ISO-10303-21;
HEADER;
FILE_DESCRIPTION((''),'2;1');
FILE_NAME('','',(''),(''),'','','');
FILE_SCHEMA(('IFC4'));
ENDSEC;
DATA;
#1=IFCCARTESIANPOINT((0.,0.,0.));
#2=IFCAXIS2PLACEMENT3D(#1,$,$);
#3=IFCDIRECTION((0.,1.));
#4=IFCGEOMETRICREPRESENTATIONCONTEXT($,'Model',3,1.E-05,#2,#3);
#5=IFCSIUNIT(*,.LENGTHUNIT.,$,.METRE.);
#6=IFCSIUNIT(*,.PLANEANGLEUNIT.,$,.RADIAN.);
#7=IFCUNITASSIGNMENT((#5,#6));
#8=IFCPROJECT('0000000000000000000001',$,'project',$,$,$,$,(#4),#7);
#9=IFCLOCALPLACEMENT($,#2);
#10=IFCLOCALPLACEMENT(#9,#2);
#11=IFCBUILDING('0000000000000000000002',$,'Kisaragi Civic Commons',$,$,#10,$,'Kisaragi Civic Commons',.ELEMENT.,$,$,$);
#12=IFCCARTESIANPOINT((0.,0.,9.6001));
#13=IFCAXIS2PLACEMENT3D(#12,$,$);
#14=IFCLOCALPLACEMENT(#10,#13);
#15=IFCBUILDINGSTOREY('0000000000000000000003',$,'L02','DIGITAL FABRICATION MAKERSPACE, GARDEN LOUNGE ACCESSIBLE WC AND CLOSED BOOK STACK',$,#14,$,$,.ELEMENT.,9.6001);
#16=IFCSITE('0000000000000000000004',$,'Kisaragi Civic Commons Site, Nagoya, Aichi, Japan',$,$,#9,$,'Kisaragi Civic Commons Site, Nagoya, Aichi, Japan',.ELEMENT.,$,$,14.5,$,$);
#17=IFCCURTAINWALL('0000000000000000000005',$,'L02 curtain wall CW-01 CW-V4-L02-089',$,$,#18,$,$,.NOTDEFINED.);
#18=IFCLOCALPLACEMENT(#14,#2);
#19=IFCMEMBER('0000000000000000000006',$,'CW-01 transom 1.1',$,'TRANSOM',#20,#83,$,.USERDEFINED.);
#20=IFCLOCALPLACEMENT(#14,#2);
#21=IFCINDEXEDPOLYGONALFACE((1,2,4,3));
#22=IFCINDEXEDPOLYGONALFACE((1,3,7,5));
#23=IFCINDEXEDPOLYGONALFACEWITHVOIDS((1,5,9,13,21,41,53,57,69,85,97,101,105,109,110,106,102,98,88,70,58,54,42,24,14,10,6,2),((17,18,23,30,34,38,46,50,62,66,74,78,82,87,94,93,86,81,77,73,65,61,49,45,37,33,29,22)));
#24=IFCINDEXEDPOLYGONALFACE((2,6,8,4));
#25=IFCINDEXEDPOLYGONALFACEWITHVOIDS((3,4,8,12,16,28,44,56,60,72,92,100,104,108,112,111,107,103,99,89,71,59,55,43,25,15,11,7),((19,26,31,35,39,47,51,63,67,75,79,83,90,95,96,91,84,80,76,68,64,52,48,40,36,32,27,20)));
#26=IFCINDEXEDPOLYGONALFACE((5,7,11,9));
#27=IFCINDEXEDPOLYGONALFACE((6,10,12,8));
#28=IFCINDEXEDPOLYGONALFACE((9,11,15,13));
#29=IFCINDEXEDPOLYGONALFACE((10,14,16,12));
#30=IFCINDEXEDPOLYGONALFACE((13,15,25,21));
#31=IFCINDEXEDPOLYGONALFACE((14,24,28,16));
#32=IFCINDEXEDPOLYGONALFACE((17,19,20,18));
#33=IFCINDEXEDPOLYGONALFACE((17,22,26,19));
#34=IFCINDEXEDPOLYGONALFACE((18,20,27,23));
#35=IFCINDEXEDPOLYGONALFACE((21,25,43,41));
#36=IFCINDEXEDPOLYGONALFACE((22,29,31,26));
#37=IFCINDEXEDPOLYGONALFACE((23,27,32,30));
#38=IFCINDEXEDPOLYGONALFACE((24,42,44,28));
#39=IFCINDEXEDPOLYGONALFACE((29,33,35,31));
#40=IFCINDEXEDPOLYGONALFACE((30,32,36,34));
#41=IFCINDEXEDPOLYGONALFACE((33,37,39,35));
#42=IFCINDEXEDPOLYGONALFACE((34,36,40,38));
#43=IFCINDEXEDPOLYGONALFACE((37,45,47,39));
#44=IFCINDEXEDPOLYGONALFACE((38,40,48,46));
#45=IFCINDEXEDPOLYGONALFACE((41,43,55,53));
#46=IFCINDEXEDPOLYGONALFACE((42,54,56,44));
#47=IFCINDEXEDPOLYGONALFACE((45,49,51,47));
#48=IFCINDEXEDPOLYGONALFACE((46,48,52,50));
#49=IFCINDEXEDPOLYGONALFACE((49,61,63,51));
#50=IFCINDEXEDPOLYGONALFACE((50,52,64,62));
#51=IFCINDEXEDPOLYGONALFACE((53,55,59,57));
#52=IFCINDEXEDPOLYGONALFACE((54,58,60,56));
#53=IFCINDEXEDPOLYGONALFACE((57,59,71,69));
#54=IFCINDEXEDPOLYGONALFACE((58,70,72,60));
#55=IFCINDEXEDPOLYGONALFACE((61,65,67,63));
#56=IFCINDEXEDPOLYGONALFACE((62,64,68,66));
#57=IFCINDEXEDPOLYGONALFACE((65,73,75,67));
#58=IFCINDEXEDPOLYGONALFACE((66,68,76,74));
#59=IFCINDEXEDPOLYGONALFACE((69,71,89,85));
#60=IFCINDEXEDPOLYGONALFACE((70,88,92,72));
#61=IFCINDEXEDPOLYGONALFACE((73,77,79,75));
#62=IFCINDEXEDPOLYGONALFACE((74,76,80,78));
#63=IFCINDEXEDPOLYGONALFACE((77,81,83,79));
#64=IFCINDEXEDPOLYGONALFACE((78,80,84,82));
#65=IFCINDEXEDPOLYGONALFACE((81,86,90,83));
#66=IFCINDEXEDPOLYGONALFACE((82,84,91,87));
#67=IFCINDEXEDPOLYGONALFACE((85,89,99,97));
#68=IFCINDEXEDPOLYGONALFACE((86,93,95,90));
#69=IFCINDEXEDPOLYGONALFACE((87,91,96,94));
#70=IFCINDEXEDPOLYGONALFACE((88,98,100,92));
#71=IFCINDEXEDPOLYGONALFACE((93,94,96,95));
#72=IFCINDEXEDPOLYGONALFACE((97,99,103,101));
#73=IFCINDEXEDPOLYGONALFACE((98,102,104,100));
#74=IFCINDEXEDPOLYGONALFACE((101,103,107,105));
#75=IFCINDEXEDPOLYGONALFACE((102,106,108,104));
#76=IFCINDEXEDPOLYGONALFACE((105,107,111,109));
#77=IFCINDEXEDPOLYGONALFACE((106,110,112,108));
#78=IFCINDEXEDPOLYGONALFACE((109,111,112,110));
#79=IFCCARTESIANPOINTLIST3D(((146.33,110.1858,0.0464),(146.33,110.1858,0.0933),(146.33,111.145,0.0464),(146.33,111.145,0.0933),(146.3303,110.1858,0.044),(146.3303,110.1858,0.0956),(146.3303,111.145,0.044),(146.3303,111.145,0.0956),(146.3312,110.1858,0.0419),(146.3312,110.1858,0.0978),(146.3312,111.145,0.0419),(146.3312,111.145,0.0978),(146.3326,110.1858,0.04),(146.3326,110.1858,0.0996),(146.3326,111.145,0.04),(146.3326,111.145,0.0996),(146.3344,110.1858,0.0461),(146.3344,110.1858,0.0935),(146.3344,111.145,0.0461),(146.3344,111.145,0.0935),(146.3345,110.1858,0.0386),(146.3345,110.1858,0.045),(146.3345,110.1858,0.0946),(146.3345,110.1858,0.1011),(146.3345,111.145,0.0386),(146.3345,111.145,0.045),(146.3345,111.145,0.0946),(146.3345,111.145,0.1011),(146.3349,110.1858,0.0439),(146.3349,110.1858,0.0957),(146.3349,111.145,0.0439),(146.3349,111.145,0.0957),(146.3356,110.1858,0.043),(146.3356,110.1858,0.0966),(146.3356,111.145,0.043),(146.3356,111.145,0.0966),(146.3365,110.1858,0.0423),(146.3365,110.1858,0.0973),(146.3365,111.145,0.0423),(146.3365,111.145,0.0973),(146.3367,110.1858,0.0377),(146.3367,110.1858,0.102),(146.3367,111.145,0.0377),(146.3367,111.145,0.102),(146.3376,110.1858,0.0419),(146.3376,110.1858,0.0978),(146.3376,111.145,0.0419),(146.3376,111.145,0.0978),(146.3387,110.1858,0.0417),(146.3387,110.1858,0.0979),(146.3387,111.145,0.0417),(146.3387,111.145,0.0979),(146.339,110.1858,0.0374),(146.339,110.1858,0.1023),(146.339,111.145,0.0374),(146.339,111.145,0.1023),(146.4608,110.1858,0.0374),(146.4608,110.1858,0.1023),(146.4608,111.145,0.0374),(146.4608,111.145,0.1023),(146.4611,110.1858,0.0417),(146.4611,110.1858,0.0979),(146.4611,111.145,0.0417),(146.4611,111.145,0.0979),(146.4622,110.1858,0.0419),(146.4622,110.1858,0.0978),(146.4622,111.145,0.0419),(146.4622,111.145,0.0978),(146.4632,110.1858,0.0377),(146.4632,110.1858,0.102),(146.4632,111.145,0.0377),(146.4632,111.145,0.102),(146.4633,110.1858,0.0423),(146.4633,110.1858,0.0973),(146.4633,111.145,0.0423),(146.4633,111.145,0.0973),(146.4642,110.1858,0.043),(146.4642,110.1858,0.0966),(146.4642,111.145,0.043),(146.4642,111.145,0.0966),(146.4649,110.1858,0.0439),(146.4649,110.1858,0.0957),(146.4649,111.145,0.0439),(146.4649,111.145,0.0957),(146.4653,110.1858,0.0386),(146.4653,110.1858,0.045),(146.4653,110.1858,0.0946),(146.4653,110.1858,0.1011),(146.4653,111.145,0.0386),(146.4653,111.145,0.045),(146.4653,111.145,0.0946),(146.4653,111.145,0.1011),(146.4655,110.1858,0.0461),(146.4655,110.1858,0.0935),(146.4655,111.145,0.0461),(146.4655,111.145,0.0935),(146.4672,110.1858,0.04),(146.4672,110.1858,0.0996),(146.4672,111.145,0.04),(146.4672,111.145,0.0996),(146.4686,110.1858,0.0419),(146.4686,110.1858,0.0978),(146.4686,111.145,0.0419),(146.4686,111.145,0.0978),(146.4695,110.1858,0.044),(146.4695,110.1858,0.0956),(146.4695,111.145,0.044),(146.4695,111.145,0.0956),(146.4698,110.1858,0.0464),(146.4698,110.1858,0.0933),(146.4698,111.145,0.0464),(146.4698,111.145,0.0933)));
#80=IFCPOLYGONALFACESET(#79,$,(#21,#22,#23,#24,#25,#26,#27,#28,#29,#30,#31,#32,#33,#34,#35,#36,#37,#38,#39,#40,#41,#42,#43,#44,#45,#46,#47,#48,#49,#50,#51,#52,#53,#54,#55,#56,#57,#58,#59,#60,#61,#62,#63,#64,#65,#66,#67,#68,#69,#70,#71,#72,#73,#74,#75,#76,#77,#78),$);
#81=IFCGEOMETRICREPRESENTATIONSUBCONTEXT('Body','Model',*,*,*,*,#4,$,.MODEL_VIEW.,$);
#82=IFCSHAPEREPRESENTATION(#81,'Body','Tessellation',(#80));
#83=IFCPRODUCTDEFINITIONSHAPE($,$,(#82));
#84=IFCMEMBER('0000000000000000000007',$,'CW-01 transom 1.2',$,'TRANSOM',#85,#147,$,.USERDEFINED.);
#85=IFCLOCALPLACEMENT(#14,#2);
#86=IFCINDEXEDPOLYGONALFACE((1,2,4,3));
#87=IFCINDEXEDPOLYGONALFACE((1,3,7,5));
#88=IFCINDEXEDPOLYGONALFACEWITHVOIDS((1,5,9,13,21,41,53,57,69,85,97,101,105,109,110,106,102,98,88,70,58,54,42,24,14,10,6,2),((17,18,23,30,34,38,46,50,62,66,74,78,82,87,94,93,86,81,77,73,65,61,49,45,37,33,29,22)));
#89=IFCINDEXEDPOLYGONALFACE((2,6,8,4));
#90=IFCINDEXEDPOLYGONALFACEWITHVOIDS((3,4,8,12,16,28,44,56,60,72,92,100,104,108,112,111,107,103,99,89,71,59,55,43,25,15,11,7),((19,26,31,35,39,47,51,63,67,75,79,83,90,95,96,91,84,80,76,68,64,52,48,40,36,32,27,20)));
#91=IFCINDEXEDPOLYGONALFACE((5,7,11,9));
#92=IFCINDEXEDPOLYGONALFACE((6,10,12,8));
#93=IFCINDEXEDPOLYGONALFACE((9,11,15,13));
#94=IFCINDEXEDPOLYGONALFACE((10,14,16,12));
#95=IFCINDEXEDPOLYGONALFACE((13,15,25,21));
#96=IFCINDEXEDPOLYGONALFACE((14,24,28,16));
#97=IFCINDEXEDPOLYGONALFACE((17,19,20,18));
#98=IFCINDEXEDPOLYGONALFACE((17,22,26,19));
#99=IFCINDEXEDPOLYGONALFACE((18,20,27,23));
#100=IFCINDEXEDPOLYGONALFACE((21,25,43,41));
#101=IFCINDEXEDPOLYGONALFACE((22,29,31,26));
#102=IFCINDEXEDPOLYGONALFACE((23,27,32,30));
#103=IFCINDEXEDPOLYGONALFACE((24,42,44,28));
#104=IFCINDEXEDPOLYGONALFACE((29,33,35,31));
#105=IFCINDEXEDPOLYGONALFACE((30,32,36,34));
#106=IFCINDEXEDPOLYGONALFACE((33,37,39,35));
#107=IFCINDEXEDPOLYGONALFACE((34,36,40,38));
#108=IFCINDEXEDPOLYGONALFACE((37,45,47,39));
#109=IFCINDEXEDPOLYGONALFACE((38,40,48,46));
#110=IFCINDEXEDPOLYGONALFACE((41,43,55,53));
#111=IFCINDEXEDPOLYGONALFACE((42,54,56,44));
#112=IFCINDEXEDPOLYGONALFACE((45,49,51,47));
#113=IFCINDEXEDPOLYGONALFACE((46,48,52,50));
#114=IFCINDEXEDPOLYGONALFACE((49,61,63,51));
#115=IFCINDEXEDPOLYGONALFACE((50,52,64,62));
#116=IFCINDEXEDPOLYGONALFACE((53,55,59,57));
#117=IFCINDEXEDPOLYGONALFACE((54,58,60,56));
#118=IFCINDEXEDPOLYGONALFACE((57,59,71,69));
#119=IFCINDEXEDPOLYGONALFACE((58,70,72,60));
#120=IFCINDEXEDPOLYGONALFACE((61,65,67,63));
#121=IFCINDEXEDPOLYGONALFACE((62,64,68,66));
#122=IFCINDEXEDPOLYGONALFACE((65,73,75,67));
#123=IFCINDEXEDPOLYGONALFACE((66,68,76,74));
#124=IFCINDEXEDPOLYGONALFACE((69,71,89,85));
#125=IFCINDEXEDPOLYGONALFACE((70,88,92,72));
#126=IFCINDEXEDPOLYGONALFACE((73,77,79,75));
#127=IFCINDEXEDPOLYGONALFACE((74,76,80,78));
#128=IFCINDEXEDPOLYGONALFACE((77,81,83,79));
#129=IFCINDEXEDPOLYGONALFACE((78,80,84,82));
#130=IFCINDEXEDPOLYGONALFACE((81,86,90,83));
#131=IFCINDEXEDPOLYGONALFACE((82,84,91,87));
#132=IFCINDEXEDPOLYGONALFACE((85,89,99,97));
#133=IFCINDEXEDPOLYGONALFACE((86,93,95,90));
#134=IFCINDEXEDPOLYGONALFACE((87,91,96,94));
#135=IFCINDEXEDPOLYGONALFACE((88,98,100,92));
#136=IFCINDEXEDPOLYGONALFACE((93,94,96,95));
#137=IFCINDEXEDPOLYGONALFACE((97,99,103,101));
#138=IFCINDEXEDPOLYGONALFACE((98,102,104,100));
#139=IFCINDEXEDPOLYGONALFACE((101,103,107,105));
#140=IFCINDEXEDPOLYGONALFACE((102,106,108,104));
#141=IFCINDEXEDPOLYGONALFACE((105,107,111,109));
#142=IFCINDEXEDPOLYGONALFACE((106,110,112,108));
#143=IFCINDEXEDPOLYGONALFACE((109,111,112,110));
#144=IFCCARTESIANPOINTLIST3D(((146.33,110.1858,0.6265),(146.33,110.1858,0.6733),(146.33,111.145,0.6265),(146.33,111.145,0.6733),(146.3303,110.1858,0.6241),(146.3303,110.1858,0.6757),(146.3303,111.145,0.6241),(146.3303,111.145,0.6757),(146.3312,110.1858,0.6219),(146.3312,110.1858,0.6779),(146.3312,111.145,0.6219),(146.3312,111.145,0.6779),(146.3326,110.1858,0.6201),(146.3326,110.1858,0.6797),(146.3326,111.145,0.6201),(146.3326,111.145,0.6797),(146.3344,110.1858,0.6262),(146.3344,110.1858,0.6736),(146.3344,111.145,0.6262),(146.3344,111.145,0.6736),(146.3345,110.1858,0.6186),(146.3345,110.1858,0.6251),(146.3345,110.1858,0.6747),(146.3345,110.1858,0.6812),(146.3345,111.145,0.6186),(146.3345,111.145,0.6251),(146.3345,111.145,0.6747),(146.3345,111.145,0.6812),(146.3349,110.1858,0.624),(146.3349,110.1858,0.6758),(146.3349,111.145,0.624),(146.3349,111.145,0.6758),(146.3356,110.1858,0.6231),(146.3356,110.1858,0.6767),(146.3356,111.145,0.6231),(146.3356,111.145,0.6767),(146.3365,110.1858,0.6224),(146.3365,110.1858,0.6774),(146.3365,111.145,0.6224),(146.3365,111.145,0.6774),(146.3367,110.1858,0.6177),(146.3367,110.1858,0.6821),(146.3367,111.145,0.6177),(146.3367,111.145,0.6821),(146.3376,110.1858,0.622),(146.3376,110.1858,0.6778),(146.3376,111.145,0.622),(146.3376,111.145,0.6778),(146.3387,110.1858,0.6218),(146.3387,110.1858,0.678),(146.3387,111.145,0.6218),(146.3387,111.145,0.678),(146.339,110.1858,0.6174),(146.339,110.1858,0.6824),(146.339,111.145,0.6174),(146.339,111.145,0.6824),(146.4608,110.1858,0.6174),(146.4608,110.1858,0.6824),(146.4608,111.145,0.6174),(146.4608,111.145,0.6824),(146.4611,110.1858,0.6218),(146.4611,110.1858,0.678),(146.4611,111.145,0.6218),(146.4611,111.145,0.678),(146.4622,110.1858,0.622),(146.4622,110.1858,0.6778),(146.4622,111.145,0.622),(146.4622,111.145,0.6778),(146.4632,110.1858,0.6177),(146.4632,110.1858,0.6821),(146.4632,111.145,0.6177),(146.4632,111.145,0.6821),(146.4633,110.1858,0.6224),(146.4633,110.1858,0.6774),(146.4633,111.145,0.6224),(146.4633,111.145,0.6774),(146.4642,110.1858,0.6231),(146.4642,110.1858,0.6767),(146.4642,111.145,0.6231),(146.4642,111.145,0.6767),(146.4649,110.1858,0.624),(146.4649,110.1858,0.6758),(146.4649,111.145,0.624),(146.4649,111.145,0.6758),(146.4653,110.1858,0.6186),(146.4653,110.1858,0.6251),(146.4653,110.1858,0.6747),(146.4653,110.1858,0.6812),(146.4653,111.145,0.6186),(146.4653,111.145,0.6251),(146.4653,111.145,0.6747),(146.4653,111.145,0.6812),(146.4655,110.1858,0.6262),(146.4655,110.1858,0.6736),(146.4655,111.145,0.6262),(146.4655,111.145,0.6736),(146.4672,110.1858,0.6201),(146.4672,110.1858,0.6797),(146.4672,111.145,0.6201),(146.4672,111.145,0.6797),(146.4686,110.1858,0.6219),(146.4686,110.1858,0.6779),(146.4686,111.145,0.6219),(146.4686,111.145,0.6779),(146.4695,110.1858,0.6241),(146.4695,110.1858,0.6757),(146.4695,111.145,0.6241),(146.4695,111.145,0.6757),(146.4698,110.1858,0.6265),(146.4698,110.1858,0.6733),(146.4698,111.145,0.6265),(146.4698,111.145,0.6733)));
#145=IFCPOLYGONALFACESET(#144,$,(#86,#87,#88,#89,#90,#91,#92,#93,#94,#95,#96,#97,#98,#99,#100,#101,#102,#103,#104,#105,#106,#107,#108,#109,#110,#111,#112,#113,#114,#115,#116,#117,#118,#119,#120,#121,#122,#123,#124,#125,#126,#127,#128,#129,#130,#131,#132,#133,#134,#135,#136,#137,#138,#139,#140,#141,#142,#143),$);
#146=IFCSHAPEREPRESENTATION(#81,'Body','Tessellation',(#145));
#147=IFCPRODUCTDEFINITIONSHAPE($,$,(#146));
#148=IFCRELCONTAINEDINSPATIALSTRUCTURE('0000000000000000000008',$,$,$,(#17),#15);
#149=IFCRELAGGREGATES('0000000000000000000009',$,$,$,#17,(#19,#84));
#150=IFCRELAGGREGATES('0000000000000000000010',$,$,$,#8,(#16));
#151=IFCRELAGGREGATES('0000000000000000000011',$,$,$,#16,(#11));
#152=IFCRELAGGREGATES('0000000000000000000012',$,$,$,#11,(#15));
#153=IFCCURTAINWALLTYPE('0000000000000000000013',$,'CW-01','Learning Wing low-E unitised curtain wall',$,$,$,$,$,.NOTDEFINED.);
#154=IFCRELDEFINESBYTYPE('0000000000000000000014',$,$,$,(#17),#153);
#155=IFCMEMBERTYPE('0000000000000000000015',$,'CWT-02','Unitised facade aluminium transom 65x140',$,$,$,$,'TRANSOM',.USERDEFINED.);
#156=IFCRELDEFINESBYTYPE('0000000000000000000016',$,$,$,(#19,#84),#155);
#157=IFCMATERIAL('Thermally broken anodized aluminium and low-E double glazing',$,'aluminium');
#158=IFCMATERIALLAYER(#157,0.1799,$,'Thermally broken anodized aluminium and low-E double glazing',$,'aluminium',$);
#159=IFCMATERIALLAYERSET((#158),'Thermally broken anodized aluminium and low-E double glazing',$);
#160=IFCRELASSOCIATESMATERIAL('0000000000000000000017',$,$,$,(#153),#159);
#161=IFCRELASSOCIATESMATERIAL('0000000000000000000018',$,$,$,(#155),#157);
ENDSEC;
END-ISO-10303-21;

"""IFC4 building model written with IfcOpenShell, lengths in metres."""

from ifc_helpers import new_model, si_unit, direction, frame, origin, origin_2d, place, context, subcontext, project, spatial, hollow_rectangle, extrude, material, layer, layer_set, material_profile, profile_set, type_object, element, aggregate, save


model = new_model("IFC4")

# Units and contexts
model_context = context("Model", 3, precision=1e-05, world=origin(), true_north=direction((0.0, 1.0)))
body_context = subcontext(model_context, "Body", "Model", "MODEL_VIEW")
ifc_project = project(units=[si_unit("LENGTHUNIT", "METRE"), si_unit("PLANEANGLEUNIT", "RADIAN")], contexts=[model_context])

# Site, building, storey
site_placement = place(None, origin())
site = spatial("IfcSite", under=ifc_project, at=site_placement, Name="Kisaragi Civic Commons Site, Nagoya, Aichi, Japan", LongName="Kisaragi Civic Commons Site, Nagoya, Aichi, Japan", CompositionType="ELEMENT", RefElevation=14.5)
building_placement = place(site_placement, origin())
building = spatial("IfcBuilding", under=site, at=building_placement, Name="Kisaragi Civic Commons", LongName="Kisaragi Civic Commons", CompositionType="ELEMENT")
storey_placement = place(building_placement, frame((0.0, 0.0, 9.6001)))
storey = spatial("IfcBuildingStorey", under=building, at=storey_placement, Name="L02", Description="DIGITAL FABRICATION MAKERSPACE, GARDEN LOUNGE ACCESSIBLE WC AND CLOSED BOOK STACK", CompositionType="ELEMENT", Elevation=9.6001)

# Shared definitions
ifc_material_1 = material(Name="Thermally broken anodized aluminium and low-E double glazing", Category="aluminium")
ifc_layer_1 = layer(ifc_material_1, 0.1799, Name="Thermally broken anodized aluminium and low-E double glazing", Category="aluminium")
ifc_layer_set_1 = layer_set([ifc_layer_1], Name="Thermally broken anodized aluminium and low-E double glazing")
curtain_wall_type = type_object("IfcCurtainWallType", Name="CW-01", Description="Learning Wing low-E unitised curtain wall", PredefinedType="NOTDEFINED", material=ifc_layer_set_1)

# Curtain wall, members
curtain_wall_1_placement = place(storey_placement, origin())
curtain_wall_1 = element("IfcCurtainWall", 1, at=curtain_wall_1_placement, inside=storey, type_object=curtain_wall_type, Name="L02 curtain wall CW-01 CW-V4-L02-089", PredefinedType="NOTDEFINED")
ifc_material_profile_1 = material_profile(ifc_material_1, hollow_rectangle(XDim=0.1399, YDim=0.0649, WallThickness=0.0044, InnerFilletRadius=0.0044, OuterFilletRadius=0.009, at=origin_2d()), Name="CWT-65x140x4.5", Category="aluminium")
ifc_profile_set_1 = profile_set([ifc_material_profile_1], Name="Thermally broken anodized aluminium and low-E double glazing")
member_type_1 = type_object("IfcMemberType", Name="CWT-02", Description="Unitised facade aluminium transom 65x140", ElementType="TRANSOM", PredefinedType="USERDEFINED", material=ifc_profile_set_1)
member_1_placement = place(storey_placement, frame((146.3999, 111.145, 0.0698), z_axis=(0.0, -1.0, 0.0), x_axis=(1.0, 0.0, 0.0)))
member_1 = element("IfcMember", 2, at=member_1_placement, type_object=member_type_1, Name="CW-01 transom 1.1", ObjectType="TRANSOM", PredefinedType="USERDEFINED", context=body_context, shape_type="SweptSolid", body=[
    extrude(hollow_rectangle(XDim=0.1399, YDim=0.0649, WallThickness=0.0044, InnerFilletRadius=0.0044, OuterFilletRadius=0.009, at=origin_2d()), origin(), (0.0, 0.0, 1.0), 0.9592),
])
member_2_placement = place(storey_placement, frame((146.3999, 111.145, 0.6499), z_axis=(0.0, -1.0, 0.0), x_axis=(1.0, 0.0, 0.0)))
member_2 = element("IfcMember", 3, at=member_2_placement, type_object=member_type_1, Name="CW-01 transom 1.2", ObjectType="TRANSOM", PredefinedType="USERDEFINED", context=body_context, shape_type="SweptSolid", body=[
    extrude(hollow_rectangle(XDim=0.1399, YDim=0.0649, WallThickness=0.0044, InnerFilletRadius=0.0044, OuterFilletRadius=0.009, at=origin_2d()), origin(), (0.0, 0.0, 1.0), 0.9592),
])

aggregate(curtain_wall_1, [member_1, member_2])

save(model, "model.ifc")
